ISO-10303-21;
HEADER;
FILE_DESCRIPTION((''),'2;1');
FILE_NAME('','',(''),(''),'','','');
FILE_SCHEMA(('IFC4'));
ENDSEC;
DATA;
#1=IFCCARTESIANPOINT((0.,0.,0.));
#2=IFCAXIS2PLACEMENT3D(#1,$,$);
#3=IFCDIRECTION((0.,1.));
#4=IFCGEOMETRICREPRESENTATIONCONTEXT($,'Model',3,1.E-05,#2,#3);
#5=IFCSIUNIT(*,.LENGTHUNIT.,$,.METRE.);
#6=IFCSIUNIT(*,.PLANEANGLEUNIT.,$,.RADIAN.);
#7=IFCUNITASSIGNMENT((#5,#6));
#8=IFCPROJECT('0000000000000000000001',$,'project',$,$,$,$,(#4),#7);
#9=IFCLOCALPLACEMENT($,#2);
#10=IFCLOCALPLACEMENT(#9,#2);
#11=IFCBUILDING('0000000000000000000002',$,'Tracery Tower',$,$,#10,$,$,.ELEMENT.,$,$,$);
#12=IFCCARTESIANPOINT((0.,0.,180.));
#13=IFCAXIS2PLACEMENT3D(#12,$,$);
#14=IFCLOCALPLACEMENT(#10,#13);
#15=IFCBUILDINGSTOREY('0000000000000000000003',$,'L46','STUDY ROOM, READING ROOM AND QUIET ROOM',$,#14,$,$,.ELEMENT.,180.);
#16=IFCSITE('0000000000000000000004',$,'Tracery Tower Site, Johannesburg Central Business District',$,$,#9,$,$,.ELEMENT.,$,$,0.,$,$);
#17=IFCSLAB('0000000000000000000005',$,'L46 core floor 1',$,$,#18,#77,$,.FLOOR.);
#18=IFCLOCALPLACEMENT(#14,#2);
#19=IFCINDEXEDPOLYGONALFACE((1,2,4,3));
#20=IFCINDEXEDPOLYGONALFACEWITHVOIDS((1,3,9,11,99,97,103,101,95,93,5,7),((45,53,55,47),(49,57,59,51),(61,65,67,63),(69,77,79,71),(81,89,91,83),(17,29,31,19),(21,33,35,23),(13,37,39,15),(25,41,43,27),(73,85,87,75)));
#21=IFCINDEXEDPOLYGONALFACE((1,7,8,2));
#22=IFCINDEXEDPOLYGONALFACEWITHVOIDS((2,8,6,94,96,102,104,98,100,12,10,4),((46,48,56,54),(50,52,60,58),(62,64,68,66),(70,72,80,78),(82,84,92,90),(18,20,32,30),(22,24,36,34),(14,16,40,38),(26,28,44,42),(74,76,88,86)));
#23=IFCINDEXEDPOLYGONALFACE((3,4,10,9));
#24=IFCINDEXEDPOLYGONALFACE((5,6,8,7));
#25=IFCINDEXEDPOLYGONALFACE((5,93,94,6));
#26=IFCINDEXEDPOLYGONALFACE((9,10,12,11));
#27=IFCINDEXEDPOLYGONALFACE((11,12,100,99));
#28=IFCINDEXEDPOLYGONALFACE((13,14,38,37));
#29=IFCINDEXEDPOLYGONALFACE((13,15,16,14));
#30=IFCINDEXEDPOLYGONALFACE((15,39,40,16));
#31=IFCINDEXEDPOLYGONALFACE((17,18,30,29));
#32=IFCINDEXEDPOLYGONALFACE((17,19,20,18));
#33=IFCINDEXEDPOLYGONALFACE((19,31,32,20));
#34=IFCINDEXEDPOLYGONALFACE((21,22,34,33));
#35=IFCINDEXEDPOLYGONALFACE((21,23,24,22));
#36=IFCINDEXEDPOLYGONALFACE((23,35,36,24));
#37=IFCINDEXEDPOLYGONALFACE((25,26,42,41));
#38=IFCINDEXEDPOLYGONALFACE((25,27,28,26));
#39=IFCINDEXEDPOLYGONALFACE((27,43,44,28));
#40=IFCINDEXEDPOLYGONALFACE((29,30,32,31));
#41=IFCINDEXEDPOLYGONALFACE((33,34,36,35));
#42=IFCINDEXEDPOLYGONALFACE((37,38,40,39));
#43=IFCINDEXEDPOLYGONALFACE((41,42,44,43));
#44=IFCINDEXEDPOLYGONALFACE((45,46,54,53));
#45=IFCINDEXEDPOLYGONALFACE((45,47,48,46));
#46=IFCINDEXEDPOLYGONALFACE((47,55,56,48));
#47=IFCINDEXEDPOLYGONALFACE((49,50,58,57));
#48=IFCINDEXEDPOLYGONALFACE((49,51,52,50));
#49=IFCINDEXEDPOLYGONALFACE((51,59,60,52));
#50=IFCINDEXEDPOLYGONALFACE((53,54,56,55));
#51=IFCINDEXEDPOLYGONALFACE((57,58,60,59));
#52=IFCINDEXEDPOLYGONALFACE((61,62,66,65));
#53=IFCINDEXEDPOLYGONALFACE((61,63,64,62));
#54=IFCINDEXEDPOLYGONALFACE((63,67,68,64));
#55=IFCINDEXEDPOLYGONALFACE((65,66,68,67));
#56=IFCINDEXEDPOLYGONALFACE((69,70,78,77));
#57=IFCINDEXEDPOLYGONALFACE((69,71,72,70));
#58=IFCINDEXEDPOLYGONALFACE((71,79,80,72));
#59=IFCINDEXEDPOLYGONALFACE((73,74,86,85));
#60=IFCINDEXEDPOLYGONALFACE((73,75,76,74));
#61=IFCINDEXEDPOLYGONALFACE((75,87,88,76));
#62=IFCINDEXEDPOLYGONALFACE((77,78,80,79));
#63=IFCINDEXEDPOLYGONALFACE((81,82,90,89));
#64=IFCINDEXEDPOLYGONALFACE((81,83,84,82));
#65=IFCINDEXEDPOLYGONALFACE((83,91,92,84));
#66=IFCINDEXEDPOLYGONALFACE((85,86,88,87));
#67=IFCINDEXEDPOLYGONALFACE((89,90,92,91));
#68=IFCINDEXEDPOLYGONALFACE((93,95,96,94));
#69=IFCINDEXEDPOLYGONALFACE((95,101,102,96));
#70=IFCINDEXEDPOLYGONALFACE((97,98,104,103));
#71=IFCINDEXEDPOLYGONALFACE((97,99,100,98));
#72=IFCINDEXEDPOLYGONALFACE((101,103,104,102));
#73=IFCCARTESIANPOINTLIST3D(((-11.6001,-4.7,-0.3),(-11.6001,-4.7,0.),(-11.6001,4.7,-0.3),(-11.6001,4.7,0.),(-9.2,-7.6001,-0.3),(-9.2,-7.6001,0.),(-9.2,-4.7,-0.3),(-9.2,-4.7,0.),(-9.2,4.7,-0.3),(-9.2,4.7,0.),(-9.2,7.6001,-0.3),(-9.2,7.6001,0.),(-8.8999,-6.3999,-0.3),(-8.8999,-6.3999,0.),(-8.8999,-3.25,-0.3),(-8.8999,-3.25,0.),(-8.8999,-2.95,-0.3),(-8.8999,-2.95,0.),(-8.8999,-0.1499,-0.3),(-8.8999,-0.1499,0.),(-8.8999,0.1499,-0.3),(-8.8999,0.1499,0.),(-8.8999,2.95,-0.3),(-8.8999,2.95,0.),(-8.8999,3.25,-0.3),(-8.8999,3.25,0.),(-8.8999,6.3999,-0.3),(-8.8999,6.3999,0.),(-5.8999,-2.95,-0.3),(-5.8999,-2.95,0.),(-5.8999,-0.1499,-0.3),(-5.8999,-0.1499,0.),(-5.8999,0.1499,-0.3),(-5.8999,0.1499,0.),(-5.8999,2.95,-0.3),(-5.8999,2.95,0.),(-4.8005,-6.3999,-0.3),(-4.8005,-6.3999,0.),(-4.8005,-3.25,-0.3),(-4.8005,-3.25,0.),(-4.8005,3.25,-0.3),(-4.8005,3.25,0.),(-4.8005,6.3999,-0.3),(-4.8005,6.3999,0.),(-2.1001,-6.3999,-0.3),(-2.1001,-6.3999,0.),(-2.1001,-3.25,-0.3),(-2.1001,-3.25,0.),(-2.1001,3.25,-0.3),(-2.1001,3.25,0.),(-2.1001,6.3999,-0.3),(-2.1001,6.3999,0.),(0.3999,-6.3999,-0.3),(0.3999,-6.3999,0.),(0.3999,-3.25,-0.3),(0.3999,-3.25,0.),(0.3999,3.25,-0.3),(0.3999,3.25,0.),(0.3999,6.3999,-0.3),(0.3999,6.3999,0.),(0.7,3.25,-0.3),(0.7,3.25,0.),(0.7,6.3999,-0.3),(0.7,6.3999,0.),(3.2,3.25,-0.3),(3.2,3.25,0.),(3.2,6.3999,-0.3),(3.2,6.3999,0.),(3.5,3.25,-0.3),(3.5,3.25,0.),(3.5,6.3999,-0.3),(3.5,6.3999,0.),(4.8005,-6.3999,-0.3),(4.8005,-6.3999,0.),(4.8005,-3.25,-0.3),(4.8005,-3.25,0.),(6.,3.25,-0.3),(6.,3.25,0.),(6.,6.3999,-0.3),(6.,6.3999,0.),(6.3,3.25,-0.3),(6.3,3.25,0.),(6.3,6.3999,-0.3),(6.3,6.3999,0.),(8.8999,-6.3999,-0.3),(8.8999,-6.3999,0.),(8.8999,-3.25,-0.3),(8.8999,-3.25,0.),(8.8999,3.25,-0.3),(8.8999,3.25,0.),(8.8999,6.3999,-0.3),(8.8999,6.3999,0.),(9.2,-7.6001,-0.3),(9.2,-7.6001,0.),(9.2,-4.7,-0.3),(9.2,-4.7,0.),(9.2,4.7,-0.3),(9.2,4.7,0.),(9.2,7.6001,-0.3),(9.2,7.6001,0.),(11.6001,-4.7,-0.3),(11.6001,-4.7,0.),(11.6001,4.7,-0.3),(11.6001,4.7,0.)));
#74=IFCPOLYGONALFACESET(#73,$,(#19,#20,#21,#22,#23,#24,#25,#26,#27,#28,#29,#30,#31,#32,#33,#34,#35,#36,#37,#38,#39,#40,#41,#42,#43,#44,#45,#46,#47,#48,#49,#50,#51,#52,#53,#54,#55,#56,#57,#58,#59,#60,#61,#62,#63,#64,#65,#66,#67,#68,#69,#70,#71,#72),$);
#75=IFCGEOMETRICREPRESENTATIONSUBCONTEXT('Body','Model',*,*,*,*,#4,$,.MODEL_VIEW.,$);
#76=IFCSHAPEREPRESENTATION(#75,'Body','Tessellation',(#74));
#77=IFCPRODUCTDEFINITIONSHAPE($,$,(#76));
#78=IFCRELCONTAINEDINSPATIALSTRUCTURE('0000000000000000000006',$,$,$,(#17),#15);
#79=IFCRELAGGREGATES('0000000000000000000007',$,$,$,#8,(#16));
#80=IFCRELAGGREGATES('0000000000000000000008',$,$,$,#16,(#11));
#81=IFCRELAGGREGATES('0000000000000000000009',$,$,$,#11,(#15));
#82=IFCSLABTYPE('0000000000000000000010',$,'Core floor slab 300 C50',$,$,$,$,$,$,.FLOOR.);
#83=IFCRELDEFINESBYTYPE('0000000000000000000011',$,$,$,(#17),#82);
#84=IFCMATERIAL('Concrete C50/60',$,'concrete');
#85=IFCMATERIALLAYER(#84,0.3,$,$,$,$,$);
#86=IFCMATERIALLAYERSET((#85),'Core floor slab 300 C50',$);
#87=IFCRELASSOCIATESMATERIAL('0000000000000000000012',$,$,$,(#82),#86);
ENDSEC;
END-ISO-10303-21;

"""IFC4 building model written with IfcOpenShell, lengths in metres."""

from ifc_helpers import new_model, si_unit, direction, frame, origin, place, context, subcontext, project, spatial, polyline, outline, extrude, material, layer, layer_set, type_object, element, save


model = new_model("IFC4")

# Units and contexts
model_context = context("Model", 3, precision=1e-05, world=origin(), true_north=direction((0.0, 1.0)))
body_context = subcontext(model_context, "Body", "Model", "MODEL_VIEW")
ifc_project = project(units=[si_unit("LENGTHUNIT", "METRE"), si_unit("PLANEANGLEUNIT", "RADIAN")], contexts=[model_context])

# Site, building, storey
site_placement = place(None, origin())
site = spatial("IfcSite", under=ifc_project, at=site_placement, Name="Tracery Tower Site, Johannesburg Central Business District", CompositionType="ELEMENT", RefElevation=0.0)
building_placement = place(site_placement, origin())
building = spatial("IfcBuilding", under=site, at=building_placement, Name="Tracery Tower", CompositionType="ELEMENT")
storey_placement = place(building_placement, frame((0.0, 0.0, 180.0)))
storey = spatial("IfcBuildingStorey", under=building, at=storey_placement, Name="L46", Description="STUDY ROOM, READING ROOM AND QUIET ROOM", CompositionType="ELEMENT", Elevation=180.0)

# Slab
ifc_material_1 = material(Name="Concrete C50/60", Category="concrete")
ifc_layer_1 = layer(ifc_material_1, 0.3)
ifc_layer_set_1 = layer_set([ifc_layer_1], Name="Core floor slab 300 C50")
slab_type_1 = type_object("IfcSlabType", Name="Core floor slab 300 C50", PredefinedType="FLOOR", material=ifc_layer_set_1)
slab_1_placement = place(storey_placement, frame((0.0, 0.0, -0.3)))
element("IfcSlab", 1, at=slab_1_placement, inside=storey, type_object=slab_type_1, Name="L46 core floor 1", PredefinedType="FLOOR", context=body_context, shape_type="SweptSolid", body=[
    extrude(outline(polyline([(-9.2, 7.6001), (9.2, 7.6001), (9.2, 4.7), (11.6001, 4.7), (11.6001, -4.7), (9.2, -4.7), (9.2, -7.6001), (-9.2, -7.6001), (-9.2, -4.7), (-11.6001, -4.7), (-11.6001, 4.7), (-9.2, 4.7), (-9.2, 7.6001)]), holes=[polyline([(4.8005, -6.3999), (8.8999, -6.3999), (8.8999, -3.25), (4.8005, -3.25), (4.8005, -6.3999)]), polyline([(8.8999, 3.25), (8.8999, 6.3999), (6.3, 6.3999), (6.3, 3.25), (8.8999, 3.25)]), polyline([(6.0, 3.25), (6.0, 6.3999), (3.5, 6.3999), (3.5, 3.25), (6.0, 3.25)]), polyline([(3.2, 3.25), (3.2, 6.3999), (0.7, 6.3999), (0.7, 3.25), (3.2, 3.25)]), polyline([(-2.1001, 3.25), (0.3999, 3.25), (0.3999, 6.3999), (-2.1001, 6.3999), (-2.1001, 3.25)]), polyline([(0.3999, -6.3999), (0.3999, -3.25), (-2.1001, -3.25), (-2.1001, -6.3999), (0.3999, -6.3999)]), polyline([(-4.8005, -3.25), (-8.8999, -3.25), (-8.8999, -6.3999), (-4.8005, -6.3999), (-4.8005, -3.25)]), polyline([(-4.8005, 6.3999), (-8.8999, 6.3999), (-8.8999, 3.25), (-4.8005, 3.25), (-4.8005, 6.3999)]), polyline([(-5.8999, -2.95), (-5.8999, -0.1499), (-8.8999, -0.1499), (-8.8999, -2.95), (-5.8999, -2.95)]), polyline([(-5.8999, 0.1499), (-5.8999, 2.95), (-8.8999, 2.95), (-8.8999, 0.1499), (-5.8999, 0.1499)])]), origin(), (0.0, 0.0, 1.0), 0.3),
])

save(model, "model.ifc")
